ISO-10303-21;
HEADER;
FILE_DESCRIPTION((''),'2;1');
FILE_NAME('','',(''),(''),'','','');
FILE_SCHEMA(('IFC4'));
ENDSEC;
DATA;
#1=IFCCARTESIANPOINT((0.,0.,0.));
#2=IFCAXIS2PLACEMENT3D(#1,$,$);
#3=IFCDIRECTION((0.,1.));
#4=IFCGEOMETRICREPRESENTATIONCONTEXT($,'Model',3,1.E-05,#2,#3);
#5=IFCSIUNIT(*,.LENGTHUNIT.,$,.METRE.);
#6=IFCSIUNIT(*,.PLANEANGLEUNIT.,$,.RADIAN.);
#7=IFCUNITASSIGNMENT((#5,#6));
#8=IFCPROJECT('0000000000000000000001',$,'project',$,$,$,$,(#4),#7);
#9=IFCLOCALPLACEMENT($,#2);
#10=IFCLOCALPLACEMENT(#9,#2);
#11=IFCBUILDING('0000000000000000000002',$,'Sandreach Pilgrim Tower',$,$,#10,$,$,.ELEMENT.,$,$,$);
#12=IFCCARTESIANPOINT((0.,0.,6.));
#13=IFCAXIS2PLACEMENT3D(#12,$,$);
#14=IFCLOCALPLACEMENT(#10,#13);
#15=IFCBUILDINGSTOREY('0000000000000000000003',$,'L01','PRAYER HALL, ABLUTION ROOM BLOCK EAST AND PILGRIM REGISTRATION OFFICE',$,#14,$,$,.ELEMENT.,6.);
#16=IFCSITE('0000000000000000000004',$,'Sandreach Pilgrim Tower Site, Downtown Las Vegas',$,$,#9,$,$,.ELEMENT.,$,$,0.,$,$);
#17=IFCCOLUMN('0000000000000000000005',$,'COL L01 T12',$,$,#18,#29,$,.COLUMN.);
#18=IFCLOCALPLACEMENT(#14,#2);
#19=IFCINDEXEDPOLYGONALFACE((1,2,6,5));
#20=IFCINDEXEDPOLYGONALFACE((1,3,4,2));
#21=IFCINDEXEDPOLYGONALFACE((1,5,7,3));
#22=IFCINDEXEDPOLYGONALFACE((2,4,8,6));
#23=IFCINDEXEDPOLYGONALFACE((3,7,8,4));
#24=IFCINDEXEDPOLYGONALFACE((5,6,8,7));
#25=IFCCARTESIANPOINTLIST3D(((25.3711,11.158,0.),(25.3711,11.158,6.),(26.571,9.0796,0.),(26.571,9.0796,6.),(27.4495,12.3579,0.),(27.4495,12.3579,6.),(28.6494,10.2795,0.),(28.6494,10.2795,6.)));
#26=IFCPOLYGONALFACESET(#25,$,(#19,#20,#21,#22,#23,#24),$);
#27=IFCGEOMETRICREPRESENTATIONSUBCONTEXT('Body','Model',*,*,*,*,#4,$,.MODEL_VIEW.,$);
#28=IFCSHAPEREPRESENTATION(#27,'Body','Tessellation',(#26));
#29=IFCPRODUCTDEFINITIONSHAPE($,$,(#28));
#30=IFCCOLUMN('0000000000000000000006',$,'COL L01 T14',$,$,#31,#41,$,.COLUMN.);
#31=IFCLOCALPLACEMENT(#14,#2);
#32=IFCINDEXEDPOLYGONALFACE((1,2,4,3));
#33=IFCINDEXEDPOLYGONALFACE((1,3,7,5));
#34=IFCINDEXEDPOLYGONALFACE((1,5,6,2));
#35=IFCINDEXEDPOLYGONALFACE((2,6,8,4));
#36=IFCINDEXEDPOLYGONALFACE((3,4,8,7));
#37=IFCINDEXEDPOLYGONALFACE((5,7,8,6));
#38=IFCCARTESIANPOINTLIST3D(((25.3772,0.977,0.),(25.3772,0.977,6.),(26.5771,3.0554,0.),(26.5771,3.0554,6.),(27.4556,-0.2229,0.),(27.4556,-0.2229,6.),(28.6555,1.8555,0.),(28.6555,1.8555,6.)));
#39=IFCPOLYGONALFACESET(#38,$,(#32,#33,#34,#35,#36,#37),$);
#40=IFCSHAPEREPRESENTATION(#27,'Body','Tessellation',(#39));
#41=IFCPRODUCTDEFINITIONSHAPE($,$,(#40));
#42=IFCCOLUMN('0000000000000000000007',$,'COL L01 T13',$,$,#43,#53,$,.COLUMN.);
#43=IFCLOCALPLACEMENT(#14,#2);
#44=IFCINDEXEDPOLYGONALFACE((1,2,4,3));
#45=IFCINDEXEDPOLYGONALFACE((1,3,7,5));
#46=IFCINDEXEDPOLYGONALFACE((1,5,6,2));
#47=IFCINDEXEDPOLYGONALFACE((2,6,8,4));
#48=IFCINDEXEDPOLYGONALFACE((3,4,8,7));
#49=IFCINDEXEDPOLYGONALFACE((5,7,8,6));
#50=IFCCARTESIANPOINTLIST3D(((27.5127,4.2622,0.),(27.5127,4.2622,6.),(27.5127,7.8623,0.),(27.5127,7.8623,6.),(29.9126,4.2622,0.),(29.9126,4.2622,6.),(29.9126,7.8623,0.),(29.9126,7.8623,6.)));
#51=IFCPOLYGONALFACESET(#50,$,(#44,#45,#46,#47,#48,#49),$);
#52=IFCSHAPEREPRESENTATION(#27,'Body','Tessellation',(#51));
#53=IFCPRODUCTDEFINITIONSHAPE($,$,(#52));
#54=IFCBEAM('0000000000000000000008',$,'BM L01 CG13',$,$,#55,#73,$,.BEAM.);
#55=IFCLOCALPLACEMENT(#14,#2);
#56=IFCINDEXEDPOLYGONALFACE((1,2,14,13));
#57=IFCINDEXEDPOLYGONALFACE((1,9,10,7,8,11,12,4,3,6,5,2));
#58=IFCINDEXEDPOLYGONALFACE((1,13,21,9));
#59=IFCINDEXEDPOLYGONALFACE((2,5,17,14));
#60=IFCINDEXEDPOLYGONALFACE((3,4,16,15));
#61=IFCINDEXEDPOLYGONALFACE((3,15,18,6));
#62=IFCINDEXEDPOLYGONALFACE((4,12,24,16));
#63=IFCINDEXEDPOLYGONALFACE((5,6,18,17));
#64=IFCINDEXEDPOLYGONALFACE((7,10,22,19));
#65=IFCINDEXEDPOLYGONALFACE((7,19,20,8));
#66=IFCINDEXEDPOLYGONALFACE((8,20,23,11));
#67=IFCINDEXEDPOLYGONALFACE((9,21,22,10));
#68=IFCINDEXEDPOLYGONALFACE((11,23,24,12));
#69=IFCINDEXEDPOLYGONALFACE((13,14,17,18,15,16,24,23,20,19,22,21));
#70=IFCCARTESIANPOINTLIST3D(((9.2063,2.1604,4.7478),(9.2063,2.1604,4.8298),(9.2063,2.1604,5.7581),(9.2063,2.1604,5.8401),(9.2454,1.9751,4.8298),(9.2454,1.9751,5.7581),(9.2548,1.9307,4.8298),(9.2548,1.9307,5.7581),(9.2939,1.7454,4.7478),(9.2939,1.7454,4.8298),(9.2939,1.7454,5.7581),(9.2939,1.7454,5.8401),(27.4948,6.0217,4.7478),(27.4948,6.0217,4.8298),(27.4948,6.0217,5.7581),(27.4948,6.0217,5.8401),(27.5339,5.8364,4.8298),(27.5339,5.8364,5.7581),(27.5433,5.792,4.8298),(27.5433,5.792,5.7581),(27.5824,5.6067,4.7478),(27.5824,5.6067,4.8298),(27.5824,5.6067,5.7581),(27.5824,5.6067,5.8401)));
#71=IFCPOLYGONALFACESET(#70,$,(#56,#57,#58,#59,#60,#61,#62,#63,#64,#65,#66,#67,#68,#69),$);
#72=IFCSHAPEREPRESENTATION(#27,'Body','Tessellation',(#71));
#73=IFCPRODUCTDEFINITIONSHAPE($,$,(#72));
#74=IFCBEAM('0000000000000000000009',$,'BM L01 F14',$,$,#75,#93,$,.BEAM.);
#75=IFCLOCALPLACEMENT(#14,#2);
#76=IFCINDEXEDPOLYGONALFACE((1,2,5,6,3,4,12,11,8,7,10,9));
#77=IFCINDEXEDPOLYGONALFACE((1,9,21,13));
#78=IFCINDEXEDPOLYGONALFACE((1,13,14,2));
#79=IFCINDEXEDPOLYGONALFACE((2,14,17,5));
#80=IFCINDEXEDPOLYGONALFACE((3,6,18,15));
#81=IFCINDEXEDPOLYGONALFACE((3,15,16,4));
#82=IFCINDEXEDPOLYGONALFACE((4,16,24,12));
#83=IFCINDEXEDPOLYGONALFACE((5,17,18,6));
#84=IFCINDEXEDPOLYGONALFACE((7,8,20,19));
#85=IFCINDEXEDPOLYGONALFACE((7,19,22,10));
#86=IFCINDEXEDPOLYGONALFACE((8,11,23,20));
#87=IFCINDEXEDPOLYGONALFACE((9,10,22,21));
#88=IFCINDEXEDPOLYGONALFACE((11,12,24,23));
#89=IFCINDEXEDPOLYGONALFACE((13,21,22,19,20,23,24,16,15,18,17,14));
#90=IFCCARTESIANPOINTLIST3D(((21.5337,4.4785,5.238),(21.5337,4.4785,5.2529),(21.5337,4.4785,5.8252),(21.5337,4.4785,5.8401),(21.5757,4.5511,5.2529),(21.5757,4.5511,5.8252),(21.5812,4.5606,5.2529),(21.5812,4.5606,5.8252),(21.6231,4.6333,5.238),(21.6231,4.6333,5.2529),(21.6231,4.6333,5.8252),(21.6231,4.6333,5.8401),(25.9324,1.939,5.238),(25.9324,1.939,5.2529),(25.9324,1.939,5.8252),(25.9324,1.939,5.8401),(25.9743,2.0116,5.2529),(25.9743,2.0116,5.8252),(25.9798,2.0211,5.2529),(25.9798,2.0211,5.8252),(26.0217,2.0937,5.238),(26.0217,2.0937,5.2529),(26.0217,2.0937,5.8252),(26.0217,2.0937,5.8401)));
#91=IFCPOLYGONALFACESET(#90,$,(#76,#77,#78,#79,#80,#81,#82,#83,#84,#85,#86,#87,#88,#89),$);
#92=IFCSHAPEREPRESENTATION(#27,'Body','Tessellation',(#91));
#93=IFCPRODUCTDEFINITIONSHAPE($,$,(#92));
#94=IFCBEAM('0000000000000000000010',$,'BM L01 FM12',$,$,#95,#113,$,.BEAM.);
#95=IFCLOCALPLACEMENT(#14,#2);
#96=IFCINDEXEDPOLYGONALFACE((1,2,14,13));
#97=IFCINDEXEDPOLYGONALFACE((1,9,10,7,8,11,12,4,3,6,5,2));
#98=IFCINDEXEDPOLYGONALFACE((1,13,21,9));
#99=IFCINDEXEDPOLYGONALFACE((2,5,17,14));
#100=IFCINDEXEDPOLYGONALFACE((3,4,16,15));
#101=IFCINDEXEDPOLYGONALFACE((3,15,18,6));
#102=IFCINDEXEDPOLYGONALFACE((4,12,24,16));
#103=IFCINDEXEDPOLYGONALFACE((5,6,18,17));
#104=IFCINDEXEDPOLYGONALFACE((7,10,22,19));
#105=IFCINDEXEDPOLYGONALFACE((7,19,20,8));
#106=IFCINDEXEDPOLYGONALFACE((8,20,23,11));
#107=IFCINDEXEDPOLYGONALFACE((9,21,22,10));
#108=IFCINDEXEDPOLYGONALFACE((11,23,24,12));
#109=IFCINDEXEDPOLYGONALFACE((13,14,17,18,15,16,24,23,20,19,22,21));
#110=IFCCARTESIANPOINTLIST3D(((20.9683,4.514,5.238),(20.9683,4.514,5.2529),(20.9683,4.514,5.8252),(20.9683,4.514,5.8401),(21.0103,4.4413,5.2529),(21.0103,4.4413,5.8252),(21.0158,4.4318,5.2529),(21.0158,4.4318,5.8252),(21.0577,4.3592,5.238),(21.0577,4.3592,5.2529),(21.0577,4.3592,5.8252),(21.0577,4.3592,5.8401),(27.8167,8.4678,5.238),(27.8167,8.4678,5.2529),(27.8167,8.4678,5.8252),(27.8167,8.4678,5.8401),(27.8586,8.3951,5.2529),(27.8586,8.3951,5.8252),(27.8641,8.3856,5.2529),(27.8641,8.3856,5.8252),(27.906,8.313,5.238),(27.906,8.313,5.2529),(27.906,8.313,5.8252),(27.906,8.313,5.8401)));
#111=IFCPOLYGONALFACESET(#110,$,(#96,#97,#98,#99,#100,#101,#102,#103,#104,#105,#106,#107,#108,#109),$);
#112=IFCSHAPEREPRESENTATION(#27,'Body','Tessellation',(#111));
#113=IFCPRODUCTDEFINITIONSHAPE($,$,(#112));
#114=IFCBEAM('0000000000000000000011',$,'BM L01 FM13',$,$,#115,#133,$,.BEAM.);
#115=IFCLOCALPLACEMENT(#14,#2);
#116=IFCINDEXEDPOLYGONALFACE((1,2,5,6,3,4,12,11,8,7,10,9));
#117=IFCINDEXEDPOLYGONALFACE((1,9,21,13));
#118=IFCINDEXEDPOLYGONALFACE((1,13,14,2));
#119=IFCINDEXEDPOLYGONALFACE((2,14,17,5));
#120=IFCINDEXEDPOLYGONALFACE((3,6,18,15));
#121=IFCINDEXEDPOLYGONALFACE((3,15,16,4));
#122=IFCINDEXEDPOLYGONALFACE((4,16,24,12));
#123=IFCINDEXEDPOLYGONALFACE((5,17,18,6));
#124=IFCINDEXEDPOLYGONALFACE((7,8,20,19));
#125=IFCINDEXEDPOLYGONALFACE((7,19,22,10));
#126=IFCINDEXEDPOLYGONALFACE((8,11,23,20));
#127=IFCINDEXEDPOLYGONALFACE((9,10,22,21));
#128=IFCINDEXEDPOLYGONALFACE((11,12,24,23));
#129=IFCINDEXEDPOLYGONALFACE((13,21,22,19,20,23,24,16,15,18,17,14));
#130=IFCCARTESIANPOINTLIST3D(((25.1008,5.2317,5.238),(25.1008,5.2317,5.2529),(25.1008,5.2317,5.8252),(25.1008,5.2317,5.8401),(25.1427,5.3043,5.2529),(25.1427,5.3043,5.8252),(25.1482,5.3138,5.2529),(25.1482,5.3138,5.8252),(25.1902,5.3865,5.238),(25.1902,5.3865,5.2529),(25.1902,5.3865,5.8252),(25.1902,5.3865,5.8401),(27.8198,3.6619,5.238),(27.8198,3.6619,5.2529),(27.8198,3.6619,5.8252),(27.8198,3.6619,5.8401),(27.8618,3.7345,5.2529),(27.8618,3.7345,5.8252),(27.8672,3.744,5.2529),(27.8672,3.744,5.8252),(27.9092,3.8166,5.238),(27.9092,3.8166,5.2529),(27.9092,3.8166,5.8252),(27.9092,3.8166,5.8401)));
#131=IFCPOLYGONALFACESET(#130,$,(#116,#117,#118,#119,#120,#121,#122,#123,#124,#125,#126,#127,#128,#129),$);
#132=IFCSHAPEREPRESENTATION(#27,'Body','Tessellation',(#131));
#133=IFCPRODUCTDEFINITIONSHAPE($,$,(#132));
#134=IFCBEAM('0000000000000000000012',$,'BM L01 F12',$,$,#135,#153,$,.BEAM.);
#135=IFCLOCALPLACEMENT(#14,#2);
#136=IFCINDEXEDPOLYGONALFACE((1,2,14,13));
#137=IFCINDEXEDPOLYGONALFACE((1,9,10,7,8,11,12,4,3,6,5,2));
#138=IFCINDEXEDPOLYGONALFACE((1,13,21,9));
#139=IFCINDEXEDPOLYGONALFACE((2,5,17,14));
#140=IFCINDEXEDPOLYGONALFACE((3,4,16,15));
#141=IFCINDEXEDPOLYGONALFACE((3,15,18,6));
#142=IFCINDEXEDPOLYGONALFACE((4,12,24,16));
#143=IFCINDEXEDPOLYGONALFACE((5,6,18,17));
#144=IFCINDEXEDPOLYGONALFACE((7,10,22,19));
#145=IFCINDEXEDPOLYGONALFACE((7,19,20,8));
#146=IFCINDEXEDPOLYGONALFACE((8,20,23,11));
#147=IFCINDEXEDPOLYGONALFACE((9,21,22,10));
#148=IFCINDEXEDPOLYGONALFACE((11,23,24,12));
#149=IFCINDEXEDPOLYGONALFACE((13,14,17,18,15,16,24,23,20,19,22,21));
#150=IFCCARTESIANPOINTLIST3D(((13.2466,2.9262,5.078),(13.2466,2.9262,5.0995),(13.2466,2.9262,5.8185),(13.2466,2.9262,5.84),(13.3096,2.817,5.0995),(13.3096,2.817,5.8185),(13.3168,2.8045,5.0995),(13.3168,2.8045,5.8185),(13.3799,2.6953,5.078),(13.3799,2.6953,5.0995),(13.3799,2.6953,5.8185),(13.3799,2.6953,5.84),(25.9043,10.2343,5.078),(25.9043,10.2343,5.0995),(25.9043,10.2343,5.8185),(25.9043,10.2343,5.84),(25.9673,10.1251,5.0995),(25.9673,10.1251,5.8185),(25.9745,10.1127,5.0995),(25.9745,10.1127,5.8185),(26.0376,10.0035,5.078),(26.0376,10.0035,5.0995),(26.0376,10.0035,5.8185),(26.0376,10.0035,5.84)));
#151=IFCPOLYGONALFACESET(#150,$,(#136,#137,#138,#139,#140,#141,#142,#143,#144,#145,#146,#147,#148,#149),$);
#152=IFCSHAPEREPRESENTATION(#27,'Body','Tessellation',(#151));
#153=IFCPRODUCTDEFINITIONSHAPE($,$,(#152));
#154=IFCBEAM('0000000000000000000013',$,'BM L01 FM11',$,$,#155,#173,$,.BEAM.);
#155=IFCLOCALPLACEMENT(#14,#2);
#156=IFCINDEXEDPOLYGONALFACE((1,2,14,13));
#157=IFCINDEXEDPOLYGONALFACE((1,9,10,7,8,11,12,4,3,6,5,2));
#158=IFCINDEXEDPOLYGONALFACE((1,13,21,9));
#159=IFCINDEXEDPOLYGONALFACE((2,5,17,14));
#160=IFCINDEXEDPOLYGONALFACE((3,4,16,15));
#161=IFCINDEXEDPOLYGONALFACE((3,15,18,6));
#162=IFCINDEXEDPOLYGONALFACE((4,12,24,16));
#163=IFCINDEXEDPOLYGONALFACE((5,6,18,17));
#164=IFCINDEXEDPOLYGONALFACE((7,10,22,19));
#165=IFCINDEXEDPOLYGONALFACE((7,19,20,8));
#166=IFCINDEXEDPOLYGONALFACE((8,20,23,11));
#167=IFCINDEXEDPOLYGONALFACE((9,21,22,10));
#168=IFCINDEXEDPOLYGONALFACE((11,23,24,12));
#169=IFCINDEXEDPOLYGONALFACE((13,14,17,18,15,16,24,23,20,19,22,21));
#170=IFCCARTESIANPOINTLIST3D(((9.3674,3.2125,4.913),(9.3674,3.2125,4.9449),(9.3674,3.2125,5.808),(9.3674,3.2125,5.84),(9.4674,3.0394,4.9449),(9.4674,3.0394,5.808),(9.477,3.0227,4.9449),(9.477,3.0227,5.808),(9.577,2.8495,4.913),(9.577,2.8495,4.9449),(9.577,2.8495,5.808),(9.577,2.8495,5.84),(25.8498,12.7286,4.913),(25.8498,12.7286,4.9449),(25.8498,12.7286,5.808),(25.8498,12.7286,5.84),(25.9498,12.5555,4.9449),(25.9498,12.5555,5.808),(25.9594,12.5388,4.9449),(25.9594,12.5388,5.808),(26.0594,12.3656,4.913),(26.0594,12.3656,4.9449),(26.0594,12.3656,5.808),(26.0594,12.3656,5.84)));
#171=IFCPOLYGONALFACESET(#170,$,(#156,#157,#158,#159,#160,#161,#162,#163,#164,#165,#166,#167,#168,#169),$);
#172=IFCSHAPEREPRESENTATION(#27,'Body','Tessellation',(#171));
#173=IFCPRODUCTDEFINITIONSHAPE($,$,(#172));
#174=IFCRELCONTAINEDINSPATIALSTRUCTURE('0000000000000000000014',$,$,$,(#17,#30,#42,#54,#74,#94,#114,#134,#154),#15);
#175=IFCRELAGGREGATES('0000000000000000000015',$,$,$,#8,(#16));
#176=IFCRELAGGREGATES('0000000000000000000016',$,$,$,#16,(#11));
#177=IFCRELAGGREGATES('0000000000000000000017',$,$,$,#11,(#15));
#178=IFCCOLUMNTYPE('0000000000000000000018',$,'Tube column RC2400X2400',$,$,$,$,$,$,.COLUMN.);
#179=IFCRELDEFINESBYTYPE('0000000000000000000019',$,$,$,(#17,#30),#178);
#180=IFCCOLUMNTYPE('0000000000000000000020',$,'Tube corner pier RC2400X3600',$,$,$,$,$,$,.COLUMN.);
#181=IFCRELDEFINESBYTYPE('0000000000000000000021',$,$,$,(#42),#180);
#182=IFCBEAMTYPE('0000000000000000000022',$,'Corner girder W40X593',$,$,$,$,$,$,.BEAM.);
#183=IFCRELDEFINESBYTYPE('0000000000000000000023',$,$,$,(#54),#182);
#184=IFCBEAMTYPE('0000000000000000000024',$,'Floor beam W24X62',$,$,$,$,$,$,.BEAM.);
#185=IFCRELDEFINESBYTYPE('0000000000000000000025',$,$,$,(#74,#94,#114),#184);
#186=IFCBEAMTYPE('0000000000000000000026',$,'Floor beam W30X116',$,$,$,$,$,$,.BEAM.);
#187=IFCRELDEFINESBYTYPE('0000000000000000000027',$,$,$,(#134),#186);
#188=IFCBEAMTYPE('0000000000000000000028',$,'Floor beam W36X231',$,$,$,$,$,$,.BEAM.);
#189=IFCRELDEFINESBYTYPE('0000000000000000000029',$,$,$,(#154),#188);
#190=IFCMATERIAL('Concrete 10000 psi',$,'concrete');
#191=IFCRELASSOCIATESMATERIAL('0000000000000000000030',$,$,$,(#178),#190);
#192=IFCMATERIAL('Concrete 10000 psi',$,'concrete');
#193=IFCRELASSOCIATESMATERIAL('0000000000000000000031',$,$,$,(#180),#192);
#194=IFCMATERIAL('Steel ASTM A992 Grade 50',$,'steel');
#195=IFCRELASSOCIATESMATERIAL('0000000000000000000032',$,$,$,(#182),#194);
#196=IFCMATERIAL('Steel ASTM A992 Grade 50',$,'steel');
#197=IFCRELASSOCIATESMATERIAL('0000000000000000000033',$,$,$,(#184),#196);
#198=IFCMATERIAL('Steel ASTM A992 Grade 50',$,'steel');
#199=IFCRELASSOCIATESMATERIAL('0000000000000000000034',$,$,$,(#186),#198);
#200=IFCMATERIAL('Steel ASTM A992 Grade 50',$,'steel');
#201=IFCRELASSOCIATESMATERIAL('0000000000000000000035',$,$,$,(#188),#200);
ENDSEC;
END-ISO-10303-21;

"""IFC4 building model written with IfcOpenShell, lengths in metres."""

from ifc_helpers import new_model, si_unit, direction, frame, origin, origin_2d, place, context, subcontext, project, spatial, rectangle, i_section, extrude, material, material_profile, profile_set, type_object, element, save


model = new_model("IFC4")

# Units and contexts
model_context = context("Model", 3, precision=1e-05, world=origin(), true_north=direction((0.0, 1.0)))
body_context = subcontext(model_context, "Body", "Model", "MODEL_VIEW")
ifc_project = project(units=[si_unit("LENGTHUNIT", "METRE"), si_unit("PLANEANGLEUNIT", "RADIAN")], contexts=[model_context])

# Site, building, storey
site_placement = place(None, origin())
site = spatial("IfcSite", under=ifc_project, at=site_placement, Name="Sandreach Pilgrim Tower Site, Downtown Las Vegas", CompositionType="ELEMENT", RefElevation=0.0)
building_placement = place(site_placement, origin())
building = spatial("IfcBuilding", under=site, at=building_placement, Name="Sandreach Pilgrim Tower", CompositionType="ELEMENT")
storey_placement = place(building_placement, frame((0.0, 0.0, 6.0)))
storey = spatial("IfcBuildingStorey", under=building, at=storey_placement, Name="L01", Description="PRAYER HALL, ABLUTION ROOM BLOCK EAST AND PILGRIM REGISTRATION OFFICE", CompositionType="ELEMENT", Elevation=6.0)

# Columns
ifc_material_1 = material(Name="Concrete 10000 psi", Category="concrete")
ifc_material_profile_1 = material_profile(ifc_material_1, rectangle(XDim=2.3999, YDim=2.3999, at=origin_2d()), Name="RC2400X2400")
ifc_profile_set_1 = profile_set([ifc_material_profile_1], Name="Concrete 10000 psi")
column_type_1 = type_object("IfcColumnType", Name="Tube column RC2400X2400", PredefinedType="COLUMN", material=ifc_profile_set_1)
for number, where, z_axis, x_axis, name in (
    (1, (27.0103, 10.7188, 0.0), (0.0, 0.0, 1.0), (0.866025, 0.5, 0.0), "COL L01 T12"),
    (2, (27.0164, 1.4163, 0.0), (0.0, 0.0, 1.0), (0.866025, -0.5, 0.0), "COL L01 T14"),
):
    element("IfcColumn", number, at=place(storey_placement, frame(where, z_axis=z_axis, x_axis=x_axis)), inside=storey, type_object=column_type_1, Name=name, PredefinedType="COLUMN", context=body_context, shape_type="SweptSolid", body=[
        extrude(rectangle(XDim=2.3999, YDim=2.3999, at=origin_2d()), origin(), (0.0, 0.0, 1.0), 6.0),
    ])
ifc_material_2 = material(Name="Concrete 10000 psi", Category="concrete")
ifc_material_profile_2 = material_profile(ifc_material_2, rectangle(XDim=2.3999, YDim=3.6001, at=origin_2d()), Name="RC2400X3600")
ifc_profile_set_2 = profile_set([ifc_material_profile_2], Name="Concrete 10000 psi")
column_type_2 = type_object("IfcColumnType", Name="Tube corner pier RC2400X3600", PredefinedType="COLUMN", material=ifc_profile_set_2)
column_placement = place(storey_placement, frame((28.7126, 6.0623, 0.0), z_axis=(0.0, 0.0, 1.0), x_axis=(1.0, 0.0, 0.0)))
element("IfcColumn", 3, at=column_placement, inside=storey, type_object=column_type_2, Name="COL L01 T13", PredefinedType="COLUMN", context=body_context, shape_type="SweptSolid", body=[
    extrude(rectangle(XDim=2.3999, YDim=3.6001, at=origin_2d()), origin(), (0.0, 0.0, 1.0), 6.0),
])

# Beams
ifc_material_3 = material(Name="Steel ASTM A992 Grade 50", Category="steel")
ifc_material_profile_3 = material_profile(ifc_material_3, i_section(OverallWidth=0.4241, OverallDepth=1.0923, WebThickness=0.0454, FlangeThickness=0.082, at=origin_2d()), Name="W40X593")
ifc_profile_set_3 = profile_set([ifc_material_profile_3], Name="Steel ASTM A992 Grade 50")
beam_type_1 = type_object("IfcBeamType", Name="Corner girder W40X593", PredefinedType="BEAM", material=ifc_profile_set_3)
beam_1_placement = place(storey_placement, frame((27.5386, 5.8142, 5.2939), z_axis=(-0.97843, -0.206579, 0.0), x_axis=(0.206579, -0.97843, 0.0)))
element("IfcBeam", 4, at=beam_1_placement, inside=storey, type_object=beam_type_1, Name="BM L01 CG13", PredefinedType="BEAM", context=body_context, shape_type="SweptSolid", body=[
    extrude(i_section(OverallWidth=0.4241, OverallDepth=1.0923, WebThickness=0.0454, FlangeThickness=0.082, at=origin_2d()), origin(), (0.0, 0.0, 1.0), 18.6917),
])
ifc_material_4 = material(Name="Steel ASTM A992 Grade 50", Category="steel")
ifc_material_profile_4 = material_profile(ifc_material_4, i_section(OverallWidth=0.1787, OverallDepth=0.6021, WebThickness=0.011, FlangeThickness=0.0149, at=origin_2d()), Name="W24X62")
ifc_profile_set_4 = profile_set([ifc_material_profile_4], Name="Steel ASTM A992 Grade 50")
beam_type_2 = type_object("IfcBeamType", Name="Floor beam W24X62", PredefinedType="BEAM", material=ifc_profile_set_4)
beam_2_placement = place(storey_placement, frame((25.9771, 2.0164, 5.5391), z_axis=(-0.866028, 0.499996, 0.0), x_axis=(-0.499996, -0.866028, 0.0)))
element("IfcBeam", 5, at=beam_2_placement, inside=storey, type_object=beam_type_2, Name="BM L01 F14", PredefinedType="BEAM", context=body_context, shape_type="SweptSolid", body=[
    extrude(i_section(OverallWidth=0.1787, OverallDepth=0.6021, WebThickness=0.011, FlangeThickness=0.0149, at=origin_2d()), origin(), (0.0, 0.0, 1.0), 5.0791),
])
beam_3_placement = place(storey_placement, frame((27.8613, 8.3904, 5.5391), z_axis=(-0.866029, -0.499994, 0.0), x_axis=(0.499994, -0.866029, 0.0)))
element("IfcBeam", 6, at=beam_3_placement, inside=storey, type_object=beam_type_2, Name="BM L01 FM12", PredefinedType="BEAM", context=body_context, shape_type="SweptSolid", body=[
    extrude(i_section(OverallWidth=0.1787, OverallDepth=0.6021, WebThickness=0.011, FlangeThickness=0.0149, at=origin_2d()), origin(), (0.0, 0.0, 1.0), 7.9077),
])
beam_4_placement = place(storey_placement, frame((27.8645, 3.7393, 5.5391), z_axis=(-0.866024, 0.500003, 0.0), x_axis=(-0.500003, -0.866024, 0.0)))
element("IfcBeam", 7, at=beam_4_placement, inside=storey, type_object=beam_type_2, Name="BM L01 FM13", PredefinedType="BEAM", context=body_context, shape_type="SweptSolid", body=[
    extrude(i_section(OverallWidth=0.1787, OverallDepth=0.6021, WebThickness=0.011, FlangeThickness=0.0149, at=origin_2d()), origin(), (0.0, 0.0, 1.0), 3.1396),
])
ifc_material_5 = material(Name="Steel ASTM A992 Grade 50", Category="steel")
ifc_material_profile_5 = material_profile(ifc_material_5, i_section(OverallWidth=0.2666, OverallDepth=0.762, WebThickness=0.0144, FlangeThickness=0.0215, at=origin_2d()), Name="W30X116")
ifc_profile_set_5 = profile_set([ifc_material_profile_5], Name="Steel ASTM A992 Grade 50")
beam_type_3 = type_object("IfcBeamType", Name="Floor beam W30X116", PredefinedType="BEAM", material=ifc_profile_set_5)
beam_5_placement = place(storey_placement, frame((25.9709, 10.1189, 5.459), z_axis=(-0.86602, -0.500009, 0.0), x_axis=(0.500009, -0.86602, 0.0)))
element("IfcBeam", 8, at=beam_5_placement, inside=storey, type_object=beam_type_3, Name="BM L01 F12", PredefinedType="BEAM", context=body_context, shape_type="SweptSolid", body=[
    extrude(i_section(OverallWidth=0.2666, OverallDepth=0.762, WebThickness=0.0144, FlangeThickness=0.0215, at=origin_2d()), origin(), (0.0, 0.0, 1.0), 14.616),
])
ifc_material_6 = material(Name="Steel ASTM A992 Grade 50", Category="steel")
ifc_material_profile_6 = material_profile(ifc_material_6, i_section(OverallWidth=0.4192, OverallDepth=0.927, WebThickness=0.0193, FlangeThickness=0.032, at=origin_2d()), Name="W36X231")
ifc_profile_set_6 = profile_set([ifc_material_profile_6], Name="Steel ASTM A992 Grade 50")
beam_type_4 = type_object("IfcBeamType", Name="Floor beam W36X231", PredefinedType="BEAM", material=ifc_profile_set_6)
beam_6_placement = place(storey_placement, frame((25.9546, 12.5471, 5.3765), z_axis=(-0.866026, -0.499999, 0.0), x_axis=(0.499999, -0.866026, 0.0)))
element("IfcBeam", 9, at=beam_6_placement, inside=storey, type_object=beam_type_4, Name="BM L01 FM11", PredefinedType="BEAM", context=body_context, shape_type="SweptSolid", body=[
    extrude(i_section(OverallWidth=0.4192, OverallDepth=0.927, WebThickness=0.0193, FlangeThickness=0.032, at=origin_2d()), origin(), (0.0, 0.0, 1.0), 19.0322),
])

save(model, "model.ifc")
